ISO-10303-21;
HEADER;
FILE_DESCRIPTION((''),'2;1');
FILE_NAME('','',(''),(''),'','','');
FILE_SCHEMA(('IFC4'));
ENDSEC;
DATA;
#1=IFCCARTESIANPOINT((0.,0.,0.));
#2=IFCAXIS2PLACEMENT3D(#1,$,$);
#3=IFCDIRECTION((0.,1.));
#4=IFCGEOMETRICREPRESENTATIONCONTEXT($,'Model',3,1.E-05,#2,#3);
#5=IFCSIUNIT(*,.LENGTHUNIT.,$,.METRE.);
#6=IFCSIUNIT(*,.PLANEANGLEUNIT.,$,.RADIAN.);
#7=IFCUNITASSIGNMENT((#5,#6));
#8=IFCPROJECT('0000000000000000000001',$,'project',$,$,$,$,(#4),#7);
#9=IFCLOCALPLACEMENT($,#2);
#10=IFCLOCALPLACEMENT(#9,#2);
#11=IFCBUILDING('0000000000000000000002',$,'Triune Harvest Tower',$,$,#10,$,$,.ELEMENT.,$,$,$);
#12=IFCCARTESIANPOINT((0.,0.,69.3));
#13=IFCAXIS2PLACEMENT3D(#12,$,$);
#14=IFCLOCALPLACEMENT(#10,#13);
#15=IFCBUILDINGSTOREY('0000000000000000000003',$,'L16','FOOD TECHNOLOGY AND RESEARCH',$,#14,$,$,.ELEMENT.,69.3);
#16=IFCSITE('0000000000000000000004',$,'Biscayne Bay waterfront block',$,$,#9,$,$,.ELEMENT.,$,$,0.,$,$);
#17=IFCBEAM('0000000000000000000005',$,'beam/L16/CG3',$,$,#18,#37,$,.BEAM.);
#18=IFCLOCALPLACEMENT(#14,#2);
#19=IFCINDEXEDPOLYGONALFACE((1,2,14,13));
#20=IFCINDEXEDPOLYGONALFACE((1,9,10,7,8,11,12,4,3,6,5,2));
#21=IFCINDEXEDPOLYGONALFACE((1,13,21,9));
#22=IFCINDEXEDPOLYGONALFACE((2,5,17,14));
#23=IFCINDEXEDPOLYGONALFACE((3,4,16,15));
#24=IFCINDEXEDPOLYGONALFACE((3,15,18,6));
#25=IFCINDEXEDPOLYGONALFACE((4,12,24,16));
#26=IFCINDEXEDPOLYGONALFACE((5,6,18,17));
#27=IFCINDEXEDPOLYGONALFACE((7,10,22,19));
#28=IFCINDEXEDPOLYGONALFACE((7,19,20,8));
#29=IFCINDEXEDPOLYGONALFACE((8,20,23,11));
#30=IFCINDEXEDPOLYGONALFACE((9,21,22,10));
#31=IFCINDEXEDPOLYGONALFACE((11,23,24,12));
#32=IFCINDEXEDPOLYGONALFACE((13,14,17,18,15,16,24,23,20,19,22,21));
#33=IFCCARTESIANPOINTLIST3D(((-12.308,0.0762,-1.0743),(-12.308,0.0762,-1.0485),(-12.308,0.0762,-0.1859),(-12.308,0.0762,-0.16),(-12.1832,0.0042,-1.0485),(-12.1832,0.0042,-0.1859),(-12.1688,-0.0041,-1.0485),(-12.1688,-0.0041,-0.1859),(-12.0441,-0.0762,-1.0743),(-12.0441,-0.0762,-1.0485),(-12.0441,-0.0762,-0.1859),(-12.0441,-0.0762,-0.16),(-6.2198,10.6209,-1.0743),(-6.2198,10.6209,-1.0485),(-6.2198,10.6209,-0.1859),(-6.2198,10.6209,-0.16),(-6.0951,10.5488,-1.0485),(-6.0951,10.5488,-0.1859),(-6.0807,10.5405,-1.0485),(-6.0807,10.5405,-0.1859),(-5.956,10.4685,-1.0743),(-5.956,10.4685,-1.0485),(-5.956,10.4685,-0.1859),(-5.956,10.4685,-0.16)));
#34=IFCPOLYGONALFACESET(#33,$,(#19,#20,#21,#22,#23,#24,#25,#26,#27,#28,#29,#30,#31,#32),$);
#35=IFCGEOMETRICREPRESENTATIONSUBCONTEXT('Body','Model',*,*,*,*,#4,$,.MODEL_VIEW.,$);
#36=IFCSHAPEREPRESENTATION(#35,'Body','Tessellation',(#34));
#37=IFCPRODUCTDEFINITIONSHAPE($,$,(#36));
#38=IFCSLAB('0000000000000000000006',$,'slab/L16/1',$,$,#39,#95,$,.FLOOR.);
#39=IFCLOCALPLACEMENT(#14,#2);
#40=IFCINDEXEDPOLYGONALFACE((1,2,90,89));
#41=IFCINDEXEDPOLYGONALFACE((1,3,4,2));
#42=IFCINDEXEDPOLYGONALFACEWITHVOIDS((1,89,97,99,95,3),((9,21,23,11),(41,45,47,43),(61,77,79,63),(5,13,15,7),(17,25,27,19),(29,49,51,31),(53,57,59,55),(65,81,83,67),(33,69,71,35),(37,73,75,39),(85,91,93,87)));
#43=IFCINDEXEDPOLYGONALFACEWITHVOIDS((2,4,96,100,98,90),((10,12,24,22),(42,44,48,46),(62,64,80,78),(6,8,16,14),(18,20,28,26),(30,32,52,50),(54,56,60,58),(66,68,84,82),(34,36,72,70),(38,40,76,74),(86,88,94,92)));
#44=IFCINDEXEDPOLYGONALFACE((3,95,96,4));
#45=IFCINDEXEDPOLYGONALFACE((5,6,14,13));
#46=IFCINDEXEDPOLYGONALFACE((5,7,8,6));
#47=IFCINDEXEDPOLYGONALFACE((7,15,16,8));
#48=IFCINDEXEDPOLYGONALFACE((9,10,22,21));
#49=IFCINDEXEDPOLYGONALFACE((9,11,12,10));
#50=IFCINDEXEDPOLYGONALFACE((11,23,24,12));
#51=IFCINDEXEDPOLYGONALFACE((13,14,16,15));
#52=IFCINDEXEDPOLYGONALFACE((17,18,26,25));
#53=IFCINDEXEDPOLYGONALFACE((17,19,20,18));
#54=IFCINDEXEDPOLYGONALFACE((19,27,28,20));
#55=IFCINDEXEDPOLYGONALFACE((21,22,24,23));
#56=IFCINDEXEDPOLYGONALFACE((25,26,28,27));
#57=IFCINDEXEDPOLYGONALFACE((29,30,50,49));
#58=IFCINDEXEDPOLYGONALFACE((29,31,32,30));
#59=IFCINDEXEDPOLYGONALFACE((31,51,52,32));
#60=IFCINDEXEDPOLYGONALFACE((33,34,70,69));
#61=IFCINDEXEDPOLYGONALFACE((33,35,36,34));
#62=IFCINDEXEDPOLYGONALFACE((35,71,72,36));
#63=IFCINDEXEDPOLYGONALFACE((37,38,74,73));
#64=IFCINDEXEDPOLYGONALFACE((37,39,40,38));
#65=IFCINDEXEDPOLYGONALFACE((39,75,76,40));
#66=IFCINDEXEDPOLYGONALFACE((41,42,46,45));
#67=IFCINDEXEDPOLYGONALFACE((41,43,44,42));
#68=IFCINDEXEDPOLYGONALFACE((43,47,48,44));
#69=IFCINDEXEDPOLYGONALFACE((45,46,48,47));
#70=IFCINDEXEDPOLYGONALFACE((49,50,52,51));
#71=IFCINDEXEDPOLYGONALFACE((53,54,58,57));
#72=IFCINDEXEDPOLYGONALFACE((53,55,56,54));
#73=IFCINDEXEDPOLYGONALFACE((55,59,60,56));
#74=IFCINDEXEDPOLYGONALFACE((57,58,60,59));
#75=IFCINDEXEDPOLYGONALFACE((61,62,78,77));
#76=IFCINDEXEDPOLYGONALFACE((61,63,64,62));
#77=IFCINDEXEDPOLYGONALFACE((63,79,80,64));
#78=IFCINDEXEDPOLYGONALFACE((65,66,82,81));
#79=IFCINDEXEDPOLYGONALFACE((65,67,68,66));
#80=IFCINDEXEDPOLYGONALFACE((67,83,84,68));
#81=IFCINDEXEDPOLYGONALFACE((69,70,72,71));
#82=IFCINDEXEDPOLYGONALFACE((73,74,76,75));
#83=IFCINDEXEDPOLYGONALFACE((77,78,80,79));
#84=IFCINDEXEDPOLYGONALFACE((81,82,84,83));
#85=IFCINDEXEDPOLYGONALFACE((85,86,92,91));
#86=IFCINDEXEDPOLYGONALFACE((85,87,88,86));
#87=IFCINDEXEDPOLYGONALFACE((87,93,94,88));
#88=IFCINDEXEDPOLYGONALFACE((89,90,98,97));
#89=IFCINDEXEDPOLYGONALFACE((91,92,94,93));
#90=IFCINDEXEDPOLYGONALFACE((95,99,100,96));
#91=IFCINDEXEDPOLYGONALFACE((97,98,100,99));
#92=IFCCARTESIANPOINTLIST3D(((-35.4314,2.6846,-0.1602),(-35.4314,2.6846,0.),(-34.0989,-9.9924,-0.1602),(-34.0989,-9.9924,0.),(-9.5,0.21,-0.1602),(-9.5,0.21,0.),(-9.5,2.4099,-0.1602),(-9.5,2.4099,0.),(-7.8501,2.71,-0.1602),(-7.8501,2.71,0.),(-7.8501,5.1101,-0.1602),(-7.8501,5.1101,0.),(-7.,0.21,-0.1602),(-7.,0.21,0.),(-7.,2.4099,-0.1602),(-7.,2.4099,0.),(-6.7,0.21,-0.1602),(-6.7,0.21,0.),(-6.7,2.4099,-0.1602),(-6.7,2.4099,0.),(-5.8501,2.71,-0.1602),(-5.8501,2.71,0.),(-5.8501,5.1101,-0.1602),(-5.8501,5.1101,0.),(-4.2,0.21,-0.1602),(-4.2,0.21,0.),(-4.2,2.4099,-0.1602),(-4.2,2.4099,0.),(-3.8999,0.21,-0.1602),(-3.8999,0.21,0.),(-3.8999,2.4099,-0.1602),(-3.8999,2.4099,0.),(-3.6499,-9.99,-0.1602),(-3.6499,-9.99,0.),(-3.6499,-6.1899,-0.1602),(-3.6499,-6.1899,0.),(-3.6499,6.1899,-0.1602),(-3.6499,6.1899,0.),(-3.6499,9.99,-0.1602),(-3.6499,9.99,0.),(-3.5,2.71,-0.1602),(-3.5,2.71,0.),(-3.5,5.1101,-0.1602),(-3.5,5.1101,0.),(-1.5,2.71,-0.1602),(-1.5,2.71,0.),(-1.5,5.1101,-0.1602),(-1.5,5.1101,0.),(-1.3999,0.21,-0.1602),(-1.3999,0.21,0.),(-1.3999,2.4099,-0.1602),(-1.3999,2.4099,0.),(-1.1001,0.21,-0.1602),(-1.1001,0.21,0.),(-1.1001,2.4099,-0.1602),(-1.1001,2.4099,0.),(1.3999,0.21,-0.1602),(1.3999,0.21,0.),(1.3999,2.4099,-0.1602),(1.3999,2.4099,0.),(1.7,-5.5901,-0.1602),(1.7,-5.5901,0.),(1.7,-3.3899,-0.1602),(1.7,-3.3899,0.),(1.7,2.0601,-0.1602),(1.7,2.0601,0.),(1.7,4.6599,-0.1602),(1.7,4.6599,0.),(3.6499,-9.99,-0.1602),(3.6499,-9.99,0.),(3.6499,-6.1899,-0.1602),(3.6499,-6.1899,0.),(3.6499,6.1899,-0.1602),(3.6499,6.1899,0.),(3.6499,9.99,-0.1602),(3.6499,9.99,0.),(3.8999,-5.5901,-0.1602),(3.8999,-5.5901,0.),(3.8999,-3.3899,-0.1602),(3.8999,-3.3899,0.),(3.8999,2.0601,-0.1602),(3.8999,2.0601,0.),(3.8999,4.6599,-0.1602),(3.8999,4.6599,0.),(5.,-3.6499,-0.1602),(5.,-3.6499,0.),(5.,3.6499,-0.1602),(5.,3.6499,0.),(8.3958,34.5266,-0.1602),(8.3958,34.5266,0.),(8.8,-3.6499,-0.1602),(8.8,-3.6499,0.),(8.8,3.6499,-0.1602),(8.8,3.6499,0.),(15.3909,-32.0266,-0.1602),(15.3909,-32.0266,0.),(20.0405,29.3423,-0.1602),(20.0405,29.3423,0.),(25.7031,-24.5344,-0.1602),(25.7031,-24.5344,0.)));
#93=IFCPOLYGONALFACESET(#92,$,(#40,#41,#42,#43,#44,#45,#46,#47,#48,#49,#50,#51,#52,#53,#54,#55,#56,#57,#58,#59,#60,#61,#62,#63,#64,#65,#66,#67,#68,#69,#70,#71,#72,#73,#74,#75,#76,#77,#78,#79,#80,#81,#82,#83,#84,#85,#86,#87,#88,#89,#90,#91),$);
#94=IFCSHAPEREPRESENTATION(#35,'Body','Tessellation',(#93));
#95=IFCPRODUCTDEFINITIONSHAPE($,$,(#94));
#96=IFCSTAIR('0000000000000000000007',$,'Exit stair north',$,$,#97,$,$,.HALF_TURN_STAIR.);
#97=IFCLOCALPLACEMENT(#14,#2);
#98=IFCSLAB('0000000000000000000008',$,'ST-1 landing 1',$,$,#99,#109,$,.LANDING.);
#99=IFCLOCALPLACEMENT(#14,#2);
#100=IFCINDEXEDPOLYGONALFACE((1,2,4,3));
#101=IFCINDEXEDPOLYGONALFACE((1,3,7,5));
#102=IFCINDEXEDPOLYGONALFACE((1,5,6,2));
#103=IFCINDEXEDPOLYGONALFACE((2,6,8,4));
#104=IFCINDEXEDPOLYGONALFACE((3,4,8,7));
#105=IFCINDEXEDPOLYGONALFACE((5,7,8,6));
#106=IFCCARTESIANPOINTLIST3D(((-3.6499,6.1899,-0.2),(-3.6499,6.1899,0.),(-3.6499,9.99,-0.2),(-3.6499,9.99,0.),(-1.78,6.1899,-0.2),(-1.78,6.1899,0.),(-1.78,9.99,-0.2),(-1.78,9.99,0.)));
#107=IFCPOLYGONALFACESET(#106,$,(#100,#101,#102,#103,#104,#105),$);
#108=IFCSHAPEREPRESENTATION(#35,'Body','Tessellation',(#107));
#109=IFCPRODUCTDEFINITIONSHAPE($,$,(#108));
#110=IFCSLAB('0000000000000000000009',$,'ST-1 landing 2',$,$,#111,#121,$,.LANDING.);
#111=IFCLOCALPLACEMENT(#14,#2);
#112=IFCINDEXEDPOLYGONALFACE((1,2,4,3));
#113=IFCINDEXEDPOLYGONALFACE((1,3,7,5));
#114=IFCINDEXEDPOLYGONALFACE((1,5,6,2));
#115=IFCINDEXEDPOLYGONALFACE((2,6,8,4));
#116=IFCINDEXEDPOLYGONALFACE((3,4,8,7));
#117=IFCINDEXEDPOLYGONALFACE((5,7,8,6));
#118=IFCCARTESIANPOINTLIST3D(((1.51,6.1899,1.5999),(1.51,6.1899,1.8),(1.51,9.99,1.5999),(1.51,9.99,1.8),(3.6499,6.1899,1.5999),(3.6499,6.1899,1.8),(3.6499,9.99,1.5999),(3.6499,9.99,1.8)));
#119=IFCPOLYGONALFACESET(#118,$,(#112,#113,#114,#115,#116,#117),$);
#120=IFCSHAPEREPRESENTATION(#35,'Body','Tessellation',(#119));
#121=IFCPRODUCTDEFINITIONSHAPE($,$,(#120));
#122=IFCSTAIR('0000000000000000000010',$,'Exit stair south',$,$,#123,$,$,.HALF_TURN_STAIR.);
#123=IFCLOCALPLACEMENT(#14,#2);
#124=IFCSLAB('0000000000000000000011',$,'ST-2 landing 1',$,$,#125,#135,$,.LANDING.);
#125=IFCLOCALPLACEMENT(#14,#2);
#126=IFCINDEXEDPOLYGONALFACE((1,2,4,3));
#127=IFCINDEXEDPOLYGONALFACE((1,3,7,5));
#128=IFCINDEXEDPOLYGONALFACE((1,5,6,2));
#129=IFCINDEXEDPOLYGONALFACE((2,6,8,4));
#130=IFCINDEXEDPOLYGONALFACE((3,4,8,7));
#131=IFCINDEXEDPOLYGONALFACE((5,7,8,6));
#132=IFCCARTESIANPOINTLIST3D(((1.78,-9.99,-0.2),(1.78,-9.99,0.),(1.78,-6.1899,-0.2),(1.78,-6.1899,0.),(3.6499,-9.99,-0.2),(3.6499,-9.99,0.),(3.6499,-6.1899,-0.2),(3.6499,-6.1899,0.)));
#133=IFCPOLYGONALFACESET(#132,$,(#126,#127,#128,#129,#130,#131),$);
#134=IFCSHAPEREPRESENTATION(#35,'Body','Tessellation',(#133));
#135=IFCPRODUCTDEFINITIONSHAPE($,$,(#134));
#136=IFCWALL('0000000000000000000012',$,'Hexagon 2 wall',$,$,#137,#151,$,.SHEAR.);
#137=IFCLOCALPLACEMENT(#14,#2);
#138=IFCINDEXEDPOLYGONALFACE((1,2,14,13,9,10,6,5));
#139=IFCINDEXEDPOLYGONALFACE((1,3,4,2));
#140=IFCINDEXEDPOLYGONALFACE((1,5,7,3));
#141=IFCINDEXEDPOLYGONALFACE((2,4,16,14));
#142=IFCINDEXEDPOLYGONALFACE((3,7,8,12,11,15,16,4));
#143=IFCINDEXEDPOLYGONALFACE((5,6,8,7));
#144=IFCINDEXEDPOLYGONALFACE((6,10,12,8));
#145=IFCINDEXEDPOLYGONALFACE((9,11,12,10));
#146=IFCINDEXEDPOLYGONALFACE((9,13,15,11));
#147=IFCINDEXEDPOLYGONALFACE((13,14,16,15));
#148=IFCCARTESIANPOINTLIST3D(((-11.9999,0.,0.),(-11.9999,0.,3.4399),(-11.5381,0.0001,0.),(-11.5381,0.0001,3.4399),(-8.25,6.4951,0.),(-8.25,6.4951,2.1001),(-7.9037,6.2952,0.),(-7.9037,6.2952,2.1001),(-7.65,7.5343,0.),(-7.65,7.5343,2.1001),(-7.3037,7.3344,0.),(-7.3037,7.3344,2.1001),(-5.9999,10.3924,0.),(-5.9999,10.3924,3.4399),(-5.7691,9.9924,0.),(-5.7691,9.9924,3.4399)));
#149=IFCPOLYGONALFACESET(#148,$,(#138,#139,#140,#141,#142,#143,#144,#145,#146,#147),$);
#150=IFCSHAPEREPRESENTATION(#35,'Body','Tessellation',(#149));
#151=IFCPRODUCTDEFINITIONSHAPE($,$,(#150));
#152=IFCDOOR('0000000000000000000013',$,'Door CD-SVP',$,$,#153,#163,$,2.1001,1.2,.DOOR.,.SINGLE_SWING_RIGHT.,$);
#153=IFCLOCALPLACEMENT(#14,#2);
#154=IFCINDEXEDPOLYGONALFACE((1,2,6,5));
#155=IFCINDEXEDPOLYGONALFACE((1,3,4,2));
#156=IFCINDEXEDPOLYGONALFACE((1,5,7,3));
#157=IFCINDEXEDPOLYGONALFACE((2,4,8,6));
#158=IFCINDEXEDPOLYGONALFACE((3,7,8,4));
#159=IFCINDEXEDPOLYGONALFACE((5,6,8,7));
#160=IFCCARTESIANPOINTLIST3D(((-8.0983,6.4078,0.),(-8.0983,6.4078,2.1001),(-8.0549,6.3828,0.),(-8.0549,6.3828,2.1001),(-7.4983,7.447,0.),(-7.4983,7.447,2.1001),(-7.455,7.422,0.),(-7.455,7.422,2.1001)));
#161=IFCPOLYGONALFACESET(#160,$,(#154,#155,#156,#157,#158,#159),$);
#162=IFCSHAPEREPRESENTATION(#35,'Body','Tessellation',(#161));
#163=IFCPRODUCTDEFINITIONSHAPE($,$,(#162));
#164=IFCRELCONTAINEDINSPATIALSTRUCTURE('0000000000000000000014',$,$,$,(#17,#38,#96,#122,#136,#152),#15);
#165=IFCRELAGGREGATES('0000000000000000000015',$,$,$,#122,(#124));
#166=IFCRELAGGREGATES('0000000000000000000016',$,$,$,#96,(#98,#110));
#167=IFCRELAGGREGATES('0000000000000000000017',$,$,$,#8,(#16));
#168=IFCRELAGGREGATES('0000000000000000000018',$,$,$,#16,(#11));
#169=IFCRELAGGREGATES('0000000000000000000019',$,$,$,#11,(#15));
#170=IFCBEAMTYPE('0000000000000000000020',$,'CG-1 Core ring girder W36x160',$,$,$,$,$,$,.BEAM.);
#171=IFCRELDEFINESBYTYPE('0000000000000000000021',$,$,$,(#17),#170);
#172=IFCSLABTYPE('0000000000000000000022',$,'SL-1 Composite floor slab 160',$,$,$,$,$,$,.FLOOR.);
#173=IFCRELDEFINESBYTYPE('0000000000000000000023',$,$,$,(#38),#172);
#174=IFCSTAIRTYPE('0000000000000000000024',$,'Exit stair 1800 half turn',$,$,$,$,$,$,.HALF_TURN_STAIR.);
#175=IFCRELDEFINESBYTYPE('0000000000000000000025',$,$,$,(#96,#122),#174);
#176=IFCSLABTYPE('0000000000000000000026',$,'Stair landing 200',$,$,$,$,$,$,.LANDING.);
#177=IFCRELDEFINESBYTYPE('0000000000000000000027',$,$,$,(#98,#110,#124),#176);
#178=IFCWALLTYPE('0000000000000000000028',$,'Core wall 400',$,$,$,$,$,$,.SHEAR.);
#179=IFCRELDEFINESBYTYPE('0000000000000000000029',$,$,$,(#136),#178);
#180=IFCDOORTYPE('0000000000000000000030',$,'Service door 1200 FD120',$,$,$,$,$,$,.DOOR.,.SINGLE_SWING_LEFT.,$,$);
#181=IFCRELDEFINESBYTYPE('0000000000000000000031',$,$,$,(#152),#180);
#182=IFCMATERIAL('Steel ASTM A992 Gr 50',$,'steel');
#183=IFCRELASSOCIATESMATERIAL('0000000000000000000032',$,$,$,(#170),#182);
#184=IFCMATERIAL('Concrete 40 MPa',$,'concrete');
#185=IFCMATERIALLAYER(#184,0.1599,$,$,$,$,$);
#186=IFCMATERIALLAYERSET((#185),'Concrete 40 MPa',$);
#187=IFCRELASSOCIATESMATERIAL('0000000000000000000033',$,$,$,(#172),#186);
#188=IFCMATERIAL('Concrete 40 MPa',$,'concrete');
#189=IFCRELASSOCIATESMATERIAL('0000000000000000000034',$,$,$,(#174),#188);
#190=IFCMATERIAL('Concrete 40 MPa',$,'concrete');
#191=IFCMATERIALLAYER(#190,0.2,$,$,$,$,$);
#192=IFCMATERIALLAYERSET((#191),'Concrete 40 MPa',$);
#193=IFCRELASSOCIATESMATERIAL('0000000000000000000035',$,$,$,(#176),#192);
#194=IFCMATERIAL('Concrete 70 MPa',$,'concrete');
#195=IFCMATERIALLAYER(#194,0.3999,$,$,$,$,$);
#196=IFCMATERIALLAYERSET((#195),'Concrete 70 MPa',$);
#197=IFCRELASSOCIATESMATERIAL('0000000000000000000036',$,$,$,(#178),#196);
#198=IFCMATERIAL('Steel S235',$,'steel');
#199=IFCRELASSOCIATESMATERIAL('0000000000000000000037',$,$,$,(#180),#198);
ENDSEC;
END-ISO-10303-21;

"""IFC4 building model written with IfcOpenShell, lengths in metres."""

from ifc_helpers import new_model, si_unit, direction, frame, frame_2d, origin, origin_2d, place, context, subcontext, project, spatial, polyline, rectangle, i_section, outline, extrude, source, transform, mapped, material, layer, layer_set, material_profile, profile_set, type_object, element, fill, aggregate, save


model = new_model("IFC4")

# Units and contexts
model_context = context("Model", 3, precision=1e-05, world=origin(), true_north=direction((0.0, 1.0)))
body_context = subcontext(model_context, "Body", "Model", "MODEL_VIEW")
ifc_project = project(units=[si_unit("LENGTHUNIT", "METRE"), si_unit("PLANEANGLEUNIT", "RADIAN")], contexts=[model_context])

# Site, building, storey
site_placement = place(None, origin())
site = spatial("IfcSite", under=ifc_project, at=site_placement, Name="Biscayne Bay waterfront block", CompositionType="ELEMENT", RefElevation=0.0)
building_placement = place(site_placement, origin())
building = spatial("IfcBuilding", under=site, at=building_placement, Name="Triune Harvest Tower", CompositionType="ELEMENT")
storey_placement = place(building_placement, frame((0.0, 0.0, 69.3)))
storey = spatial("IfcBuildingStorey", under=building, at=storey_placement, Name="L16", Description="FOOD TECHNOLOGY AND RESEARCH", CompositionType="ELEMENT", Elevation=69.3)

# Beam
ifc_material_1 = material(Name="Steel ASTM A992 Gr 50", Category="steel")
ifc_material_profile = material_profile(ifc_material_1, i_section(OverallWidth=0.3047, OverallDepth=0.9143, WebThickness=0.0166, FlangeThickness=0.0259, at=origin_2d()), Name="W36x160")
ifc_profile_set = profile_set([ifc_material_profile], Name="Steel ASTM A992 Gr 50")
beam_type = type_object("IfcBeamType", Name="CG-1 Core ring girder W36x160", PredefinedType="BEAM", material=ifc_profile_set)
shared_shape_1 = source(origin(), body_context, "Body", "SweptSolid", [
    extrude(i_section(OverallWidth=0.3047, OverallDepth=0.9143, WebThickness=0.0166, FlangeThickness=0.0259, at=origin_2d()), origin(), (0.0, 0.0, 1.0), 12.176),
])
beam_placement = place(storey_placement, frame((-6.0879, 10.5447, -0.6172), z_axis=(-0.50001, -0.86602, 0.0), x_axis=(0.86602, -0.50001, 0.0)))
element("IfcBeam", 1, at=beam_placement, inside=storey, type_object=beam_type, Name="beam/L16/CG3", PredefinedType="BEAM", context=body_context, shape_type="MappedRepresentation", body=[
    mapped(shared_shape_1, transform((0.0, 0.0, 0.0), scale=1.0)),
])

# Slab
ifc_material_2 = material(Name="Concrete 40 MPa", Category="concrete")
ifc_layer_1 = layer(ifc_material_2, 0.1599)
ifc_layer_set_1 = layer_set([ifc_layer_1], Name="Concrete 40 MPa")
slab_type_1 = type_object("IfcSlabType", Name="SL-1 Composite floor slab 160", PredefinedType="FLOOR", material=ifc_layer_set_1)
shared_shape_2 = source(origin(), body_context, "Body", "SweptSolid", [
    extrude(outline(polyline([(25.7031, -24.5344), (20.0405, 29.3423), (8.3958, 34.5266), (-35.4314, 2.6846), (-34.0989, -9.9924), (15.3909, -32.0266), (25.7031, -24.5344)]), holes=[polyline([(-7.0, 0.21), (-7.0, 2.4099), (-9.5, 2.4099), (-9.5, 0.21), (-7.0, 0.21)]), polyline([(-4.2, 0.21), (-4.2, 2.4099), (-6.7, 2.4099), (-6.7, 0.21), (-4.2, 0.21)]), polyline([(-1.3999, 0.21), (-1.3999, 2.4099), (-3.8999, 2.4099), (-3.8999, 0.21), (-1.3999, 0.21)]), polyline([(1.3999, 0.21), (1.3999, 2.4099), (-1.1001, 2.4099), (-1.1001, 0.21), (1.3999, 0.21)]), polyline([(3.8999, 2.0601), (3.8999, 4.6599), (1.7, 4.6599), (1.7, 2.0601), (3.8999, 2.0601)]), polyline([(3.8999, -5.5901), (3.8999, -3.3899), (1.7, -3.3899), (1.7, -5.5901), (3.8999, -5.5901)]), polyline([(-5.8501, 2.71), (-5.8501, 5.1101), (-7.8501, 5.1101), (-7.8501, 2.71), (-5.8501, 2.71)]), polyline([(-1.5, 2.71), (-1.5, 5.1101), (-3.5, 5.1101), (-3.5, 2.71), (-1.5, 2.71)]), polyline([(3.6499, 6.1899), (3.6499, 9.99), (-3.6499, 9.99), (-3.6499, 6.1899), (3.6499, 6.1899)]), polyline([(3.6499, -9.99), (3.6499, -6.1899), (-3.6499, -6.1899), (-3.6499, -9.99), (3.6499, -9.99)]), polyline([(8.8, -3.6499), (8.8, 3.6499), (5.0, 3.6499), (5.0, -3.6499), (8.8, -3.6499)])]), origin(), (0.0, 0.0, 1.0), 0.1602),
])
slab_1_placement = place(storey_placement, frame((0.0, 0.0, -0.1602)))
element("IfcSlab", 2, at=slab_1_placement, inside=storey, type_object=slab_type_1, Name="slab/L16/1", PredefinedType="FLOOR", context=body_context, shape_type="MappedRepresentation", body=[
    mapped(shared_shape_2, transform((0.0, 0.0, 0.0), scale=1.0)),
])

# Stair, slabs
ifc_material_3 = material(Name="Concrete 40 MPa", Category="concrete")
stair_type = type_object("IfcStairType", Name="Exit stair 1800 half turn", PredefinedType="HALF_TURN_STAIR", material=ifc_material_3)
stair_1_placement = place(storey_placement, origin())
stair_1 = element("IfcStair", 3, at=stair_1_placement, inside=storey, type_object=stair_type, Name="Exit stair north", PredefinedType="HALF_TURN_STAIR")
ifc_material_4 = material(Name="Concrete 40 MPa", Category="concrete")
ifc_layer_2 = layer(ifc_material_4, 0.2)
ifc_layer_set_2 = layer_set([ifc_layer_2], Name="Concrete 40 MPa")
slab_type_2 = type_object("IfcSlabType", Name="Stair landing 200", PredefinedType="LANDING", material=ifc_layer_set_2)
shared_shape_3 = source(origin(), body_context, "Body", "SweptSolid", [
    extrude(outline(polyline([(-3.6499, 6.1899), (-1.78, 6.1899), (-1.78, 9.99), (-3.6499, 9.99), (-3.6499, 6.1899)])), origin(), (0.0, 0.0, 1.0), 0.2),
])
slab_2_placement = place(storey_placement, frame((0.0, 0.0, -0.2)))
slab_2 = element("IfcSlab", 4, at=slab_2_placement, type_object=slab_type_2, Name="ST-1 landing 1", PredefinedType="LANDING", context=body_context, shape_type="MappedRepresentation", body=[
    mapped(shared_shape_3, transform((0.0, 0.0, 0.0), scale=1.0)),
])
shared_shape_4 = source(origin(), body_context, "Body", "SweptSolid", [
    extrude(outline(polyline([(1.51, 6.1899), (3.6499, 6.1899), (3.6499, 9.99), (1.51, 9.99), (1.51, 6.1899)])), origin(), (0.0, 0.0, 1.0), 0.2002),
])
slab_3_placement = place(storey_placement, frame((0.0, 0.0, 1.5999)))
slab_3 = element("IfcSlab", 5, at=slab_3_placement, type_object=slab_type_2, Name="ST-1 landing 2", PredefinedType="LANDING", context=body_context, shape_type="MappedRepresentation", body=[
    mapped(shared_shape_4, transform((0.0, 0.0, 0.0), scale=1.0)),
])

# Stair, slab
stair_2_placement = place(storey_placement, origin())
stair_2 = element("IfcStair", 6, at=stair_2_placement, inside=storey, type_object=stair_type, Name="Exit stair south", PredefinedType="HALF_TURN_STAIR")
shared_shape_5 = source(origin(), body_context, "Body", "SweptSolid", [
    extrude(outline(polyline([(3.6499, -6.1899), (1.78, -6.1899), (1.78, -9.99), (3.6499, -9.99), (3.6499, -6.1899)])), origin(), (0.0, 0.0, 1.0), 0.2),
])
slab_4_placement = place(storey_placement, frame((0.0, 0.0, -0.2)))
slab_4 = element("IfcSlab", 7, at=slab_4_placement, type_object=slab_type_2, Name="ST-2 landing 1", PredefinedType="LANDING", context=body_context, shape_type="MappedRepresentation", body=[
    mapped(shared_shape_5, transform((0.0, 0.0, 0.0), scale=1.0)),
])
aggregate(stair_2, [slab_4])

# Wall, opening, door
ifc_material_5 = material(Name="Concrete 70 MPa", Category="concrete")
ifc_layer_3 = layer(ifc_material_5, 0.3999)
ifc_layer_set_3 = layer_set([ifc_layer_3], Name="Concrete 70 MPa")
wall_type_1 = type_object("IfcWallType", Name="Core wall 400", PredefinedType="SHEAR", material=ifc_layer_set_3)
shared_shape_6 = source(origin(), body_context, "Body", "SweptSolid", [
    extrude(outline(polyline([(-0.1155, -0.2), (11.8845, -0.2), (11.6536, 0.2), (0.1155, 0.2), (-0.1155, -0.2)])), origin(), (0.0, 0.0, 1.0), 3.4399),
])
wall_1_placement = place(storey_placement, frame((-5.8845, 10.1924, 0.0), z_axis=(0.0, 0.0, 1.0), x_axis=(-0.499997, -0.866027, 0.0)))
wall_1 = element("IfcWall", 8, at=wall_1_placement, inside=storey, type_object=wall_type_1, Name="Hexagon 2 wall", PredefinedType="SHEAR", context=body_context, shape_type="MappedRepresentation", body=[
    mapped(shared_shape_6, transform((0.0, 0.0, 0.0), scale=1.0)),
])
opening_1_placement = place(wall_1_placement, frame((3.1846, 0.0, 0.0)))
opening_1 = element("IfcOpeningElement", 9, at=opening_1_placement, cuts=wall_1, PredefinedType="OPENING", context=body_context, shape_type="SweptSolid", body=[
    extrude(rectangle(XDim=1.2, YDim=2.1001, at=frame_2d((0.6001, 1.05))), frame((0.0, 0.21, 0.0), z_axis=(0.0, -1.0, 0.0), x_axis=(1.0, 0.0, 0.0)), (0.0, 0.0, 1.0), 0.4199),
])
ifc_material_6 = material(Name="Steel S235", Category="steel")
door_type_1 = type_object("IfcDoorType", Name="Service door 1200 FD120", OperationType="SINGLE_SWING_LEFT", PredefinedType="DOOR", material=ifc_material_6)
door_1_placement = place(opening_1_placement, frame((1.2, 0.0, 0.0), z_axis=(0.0, 0.0, 1.0), x_axis=(-1.0, 0.0, 0.0)))
door_1 = element("IfcDoor", 10, at=door_1_placement, inside=storey, type_object=door_type_1, Name="Door CD-SVP", OperationType="SINGLE_SWING_RIGHT", OverallHeight=2.1001, OverallWidth=1.2, PredefinedType="DOOR", context=body_context, shape_type="SweptSolid", body=[
    extrude(rectangle(XDim=1.2, YDim=2.1001, at=frame_2d((0.6001, 1.05))), frame((0.0, 0.0249, 0.0), z_axis=(0.0, -1.0, 0.0), x_axis=(1.0, 0.0, 0.0)), (0.0, 0.0, 1.0), 0.05),
])
fill(opening_1, door_1)

aggregate(stair_1, [slab_2, slab_3])

save(model, "model.ifc")
